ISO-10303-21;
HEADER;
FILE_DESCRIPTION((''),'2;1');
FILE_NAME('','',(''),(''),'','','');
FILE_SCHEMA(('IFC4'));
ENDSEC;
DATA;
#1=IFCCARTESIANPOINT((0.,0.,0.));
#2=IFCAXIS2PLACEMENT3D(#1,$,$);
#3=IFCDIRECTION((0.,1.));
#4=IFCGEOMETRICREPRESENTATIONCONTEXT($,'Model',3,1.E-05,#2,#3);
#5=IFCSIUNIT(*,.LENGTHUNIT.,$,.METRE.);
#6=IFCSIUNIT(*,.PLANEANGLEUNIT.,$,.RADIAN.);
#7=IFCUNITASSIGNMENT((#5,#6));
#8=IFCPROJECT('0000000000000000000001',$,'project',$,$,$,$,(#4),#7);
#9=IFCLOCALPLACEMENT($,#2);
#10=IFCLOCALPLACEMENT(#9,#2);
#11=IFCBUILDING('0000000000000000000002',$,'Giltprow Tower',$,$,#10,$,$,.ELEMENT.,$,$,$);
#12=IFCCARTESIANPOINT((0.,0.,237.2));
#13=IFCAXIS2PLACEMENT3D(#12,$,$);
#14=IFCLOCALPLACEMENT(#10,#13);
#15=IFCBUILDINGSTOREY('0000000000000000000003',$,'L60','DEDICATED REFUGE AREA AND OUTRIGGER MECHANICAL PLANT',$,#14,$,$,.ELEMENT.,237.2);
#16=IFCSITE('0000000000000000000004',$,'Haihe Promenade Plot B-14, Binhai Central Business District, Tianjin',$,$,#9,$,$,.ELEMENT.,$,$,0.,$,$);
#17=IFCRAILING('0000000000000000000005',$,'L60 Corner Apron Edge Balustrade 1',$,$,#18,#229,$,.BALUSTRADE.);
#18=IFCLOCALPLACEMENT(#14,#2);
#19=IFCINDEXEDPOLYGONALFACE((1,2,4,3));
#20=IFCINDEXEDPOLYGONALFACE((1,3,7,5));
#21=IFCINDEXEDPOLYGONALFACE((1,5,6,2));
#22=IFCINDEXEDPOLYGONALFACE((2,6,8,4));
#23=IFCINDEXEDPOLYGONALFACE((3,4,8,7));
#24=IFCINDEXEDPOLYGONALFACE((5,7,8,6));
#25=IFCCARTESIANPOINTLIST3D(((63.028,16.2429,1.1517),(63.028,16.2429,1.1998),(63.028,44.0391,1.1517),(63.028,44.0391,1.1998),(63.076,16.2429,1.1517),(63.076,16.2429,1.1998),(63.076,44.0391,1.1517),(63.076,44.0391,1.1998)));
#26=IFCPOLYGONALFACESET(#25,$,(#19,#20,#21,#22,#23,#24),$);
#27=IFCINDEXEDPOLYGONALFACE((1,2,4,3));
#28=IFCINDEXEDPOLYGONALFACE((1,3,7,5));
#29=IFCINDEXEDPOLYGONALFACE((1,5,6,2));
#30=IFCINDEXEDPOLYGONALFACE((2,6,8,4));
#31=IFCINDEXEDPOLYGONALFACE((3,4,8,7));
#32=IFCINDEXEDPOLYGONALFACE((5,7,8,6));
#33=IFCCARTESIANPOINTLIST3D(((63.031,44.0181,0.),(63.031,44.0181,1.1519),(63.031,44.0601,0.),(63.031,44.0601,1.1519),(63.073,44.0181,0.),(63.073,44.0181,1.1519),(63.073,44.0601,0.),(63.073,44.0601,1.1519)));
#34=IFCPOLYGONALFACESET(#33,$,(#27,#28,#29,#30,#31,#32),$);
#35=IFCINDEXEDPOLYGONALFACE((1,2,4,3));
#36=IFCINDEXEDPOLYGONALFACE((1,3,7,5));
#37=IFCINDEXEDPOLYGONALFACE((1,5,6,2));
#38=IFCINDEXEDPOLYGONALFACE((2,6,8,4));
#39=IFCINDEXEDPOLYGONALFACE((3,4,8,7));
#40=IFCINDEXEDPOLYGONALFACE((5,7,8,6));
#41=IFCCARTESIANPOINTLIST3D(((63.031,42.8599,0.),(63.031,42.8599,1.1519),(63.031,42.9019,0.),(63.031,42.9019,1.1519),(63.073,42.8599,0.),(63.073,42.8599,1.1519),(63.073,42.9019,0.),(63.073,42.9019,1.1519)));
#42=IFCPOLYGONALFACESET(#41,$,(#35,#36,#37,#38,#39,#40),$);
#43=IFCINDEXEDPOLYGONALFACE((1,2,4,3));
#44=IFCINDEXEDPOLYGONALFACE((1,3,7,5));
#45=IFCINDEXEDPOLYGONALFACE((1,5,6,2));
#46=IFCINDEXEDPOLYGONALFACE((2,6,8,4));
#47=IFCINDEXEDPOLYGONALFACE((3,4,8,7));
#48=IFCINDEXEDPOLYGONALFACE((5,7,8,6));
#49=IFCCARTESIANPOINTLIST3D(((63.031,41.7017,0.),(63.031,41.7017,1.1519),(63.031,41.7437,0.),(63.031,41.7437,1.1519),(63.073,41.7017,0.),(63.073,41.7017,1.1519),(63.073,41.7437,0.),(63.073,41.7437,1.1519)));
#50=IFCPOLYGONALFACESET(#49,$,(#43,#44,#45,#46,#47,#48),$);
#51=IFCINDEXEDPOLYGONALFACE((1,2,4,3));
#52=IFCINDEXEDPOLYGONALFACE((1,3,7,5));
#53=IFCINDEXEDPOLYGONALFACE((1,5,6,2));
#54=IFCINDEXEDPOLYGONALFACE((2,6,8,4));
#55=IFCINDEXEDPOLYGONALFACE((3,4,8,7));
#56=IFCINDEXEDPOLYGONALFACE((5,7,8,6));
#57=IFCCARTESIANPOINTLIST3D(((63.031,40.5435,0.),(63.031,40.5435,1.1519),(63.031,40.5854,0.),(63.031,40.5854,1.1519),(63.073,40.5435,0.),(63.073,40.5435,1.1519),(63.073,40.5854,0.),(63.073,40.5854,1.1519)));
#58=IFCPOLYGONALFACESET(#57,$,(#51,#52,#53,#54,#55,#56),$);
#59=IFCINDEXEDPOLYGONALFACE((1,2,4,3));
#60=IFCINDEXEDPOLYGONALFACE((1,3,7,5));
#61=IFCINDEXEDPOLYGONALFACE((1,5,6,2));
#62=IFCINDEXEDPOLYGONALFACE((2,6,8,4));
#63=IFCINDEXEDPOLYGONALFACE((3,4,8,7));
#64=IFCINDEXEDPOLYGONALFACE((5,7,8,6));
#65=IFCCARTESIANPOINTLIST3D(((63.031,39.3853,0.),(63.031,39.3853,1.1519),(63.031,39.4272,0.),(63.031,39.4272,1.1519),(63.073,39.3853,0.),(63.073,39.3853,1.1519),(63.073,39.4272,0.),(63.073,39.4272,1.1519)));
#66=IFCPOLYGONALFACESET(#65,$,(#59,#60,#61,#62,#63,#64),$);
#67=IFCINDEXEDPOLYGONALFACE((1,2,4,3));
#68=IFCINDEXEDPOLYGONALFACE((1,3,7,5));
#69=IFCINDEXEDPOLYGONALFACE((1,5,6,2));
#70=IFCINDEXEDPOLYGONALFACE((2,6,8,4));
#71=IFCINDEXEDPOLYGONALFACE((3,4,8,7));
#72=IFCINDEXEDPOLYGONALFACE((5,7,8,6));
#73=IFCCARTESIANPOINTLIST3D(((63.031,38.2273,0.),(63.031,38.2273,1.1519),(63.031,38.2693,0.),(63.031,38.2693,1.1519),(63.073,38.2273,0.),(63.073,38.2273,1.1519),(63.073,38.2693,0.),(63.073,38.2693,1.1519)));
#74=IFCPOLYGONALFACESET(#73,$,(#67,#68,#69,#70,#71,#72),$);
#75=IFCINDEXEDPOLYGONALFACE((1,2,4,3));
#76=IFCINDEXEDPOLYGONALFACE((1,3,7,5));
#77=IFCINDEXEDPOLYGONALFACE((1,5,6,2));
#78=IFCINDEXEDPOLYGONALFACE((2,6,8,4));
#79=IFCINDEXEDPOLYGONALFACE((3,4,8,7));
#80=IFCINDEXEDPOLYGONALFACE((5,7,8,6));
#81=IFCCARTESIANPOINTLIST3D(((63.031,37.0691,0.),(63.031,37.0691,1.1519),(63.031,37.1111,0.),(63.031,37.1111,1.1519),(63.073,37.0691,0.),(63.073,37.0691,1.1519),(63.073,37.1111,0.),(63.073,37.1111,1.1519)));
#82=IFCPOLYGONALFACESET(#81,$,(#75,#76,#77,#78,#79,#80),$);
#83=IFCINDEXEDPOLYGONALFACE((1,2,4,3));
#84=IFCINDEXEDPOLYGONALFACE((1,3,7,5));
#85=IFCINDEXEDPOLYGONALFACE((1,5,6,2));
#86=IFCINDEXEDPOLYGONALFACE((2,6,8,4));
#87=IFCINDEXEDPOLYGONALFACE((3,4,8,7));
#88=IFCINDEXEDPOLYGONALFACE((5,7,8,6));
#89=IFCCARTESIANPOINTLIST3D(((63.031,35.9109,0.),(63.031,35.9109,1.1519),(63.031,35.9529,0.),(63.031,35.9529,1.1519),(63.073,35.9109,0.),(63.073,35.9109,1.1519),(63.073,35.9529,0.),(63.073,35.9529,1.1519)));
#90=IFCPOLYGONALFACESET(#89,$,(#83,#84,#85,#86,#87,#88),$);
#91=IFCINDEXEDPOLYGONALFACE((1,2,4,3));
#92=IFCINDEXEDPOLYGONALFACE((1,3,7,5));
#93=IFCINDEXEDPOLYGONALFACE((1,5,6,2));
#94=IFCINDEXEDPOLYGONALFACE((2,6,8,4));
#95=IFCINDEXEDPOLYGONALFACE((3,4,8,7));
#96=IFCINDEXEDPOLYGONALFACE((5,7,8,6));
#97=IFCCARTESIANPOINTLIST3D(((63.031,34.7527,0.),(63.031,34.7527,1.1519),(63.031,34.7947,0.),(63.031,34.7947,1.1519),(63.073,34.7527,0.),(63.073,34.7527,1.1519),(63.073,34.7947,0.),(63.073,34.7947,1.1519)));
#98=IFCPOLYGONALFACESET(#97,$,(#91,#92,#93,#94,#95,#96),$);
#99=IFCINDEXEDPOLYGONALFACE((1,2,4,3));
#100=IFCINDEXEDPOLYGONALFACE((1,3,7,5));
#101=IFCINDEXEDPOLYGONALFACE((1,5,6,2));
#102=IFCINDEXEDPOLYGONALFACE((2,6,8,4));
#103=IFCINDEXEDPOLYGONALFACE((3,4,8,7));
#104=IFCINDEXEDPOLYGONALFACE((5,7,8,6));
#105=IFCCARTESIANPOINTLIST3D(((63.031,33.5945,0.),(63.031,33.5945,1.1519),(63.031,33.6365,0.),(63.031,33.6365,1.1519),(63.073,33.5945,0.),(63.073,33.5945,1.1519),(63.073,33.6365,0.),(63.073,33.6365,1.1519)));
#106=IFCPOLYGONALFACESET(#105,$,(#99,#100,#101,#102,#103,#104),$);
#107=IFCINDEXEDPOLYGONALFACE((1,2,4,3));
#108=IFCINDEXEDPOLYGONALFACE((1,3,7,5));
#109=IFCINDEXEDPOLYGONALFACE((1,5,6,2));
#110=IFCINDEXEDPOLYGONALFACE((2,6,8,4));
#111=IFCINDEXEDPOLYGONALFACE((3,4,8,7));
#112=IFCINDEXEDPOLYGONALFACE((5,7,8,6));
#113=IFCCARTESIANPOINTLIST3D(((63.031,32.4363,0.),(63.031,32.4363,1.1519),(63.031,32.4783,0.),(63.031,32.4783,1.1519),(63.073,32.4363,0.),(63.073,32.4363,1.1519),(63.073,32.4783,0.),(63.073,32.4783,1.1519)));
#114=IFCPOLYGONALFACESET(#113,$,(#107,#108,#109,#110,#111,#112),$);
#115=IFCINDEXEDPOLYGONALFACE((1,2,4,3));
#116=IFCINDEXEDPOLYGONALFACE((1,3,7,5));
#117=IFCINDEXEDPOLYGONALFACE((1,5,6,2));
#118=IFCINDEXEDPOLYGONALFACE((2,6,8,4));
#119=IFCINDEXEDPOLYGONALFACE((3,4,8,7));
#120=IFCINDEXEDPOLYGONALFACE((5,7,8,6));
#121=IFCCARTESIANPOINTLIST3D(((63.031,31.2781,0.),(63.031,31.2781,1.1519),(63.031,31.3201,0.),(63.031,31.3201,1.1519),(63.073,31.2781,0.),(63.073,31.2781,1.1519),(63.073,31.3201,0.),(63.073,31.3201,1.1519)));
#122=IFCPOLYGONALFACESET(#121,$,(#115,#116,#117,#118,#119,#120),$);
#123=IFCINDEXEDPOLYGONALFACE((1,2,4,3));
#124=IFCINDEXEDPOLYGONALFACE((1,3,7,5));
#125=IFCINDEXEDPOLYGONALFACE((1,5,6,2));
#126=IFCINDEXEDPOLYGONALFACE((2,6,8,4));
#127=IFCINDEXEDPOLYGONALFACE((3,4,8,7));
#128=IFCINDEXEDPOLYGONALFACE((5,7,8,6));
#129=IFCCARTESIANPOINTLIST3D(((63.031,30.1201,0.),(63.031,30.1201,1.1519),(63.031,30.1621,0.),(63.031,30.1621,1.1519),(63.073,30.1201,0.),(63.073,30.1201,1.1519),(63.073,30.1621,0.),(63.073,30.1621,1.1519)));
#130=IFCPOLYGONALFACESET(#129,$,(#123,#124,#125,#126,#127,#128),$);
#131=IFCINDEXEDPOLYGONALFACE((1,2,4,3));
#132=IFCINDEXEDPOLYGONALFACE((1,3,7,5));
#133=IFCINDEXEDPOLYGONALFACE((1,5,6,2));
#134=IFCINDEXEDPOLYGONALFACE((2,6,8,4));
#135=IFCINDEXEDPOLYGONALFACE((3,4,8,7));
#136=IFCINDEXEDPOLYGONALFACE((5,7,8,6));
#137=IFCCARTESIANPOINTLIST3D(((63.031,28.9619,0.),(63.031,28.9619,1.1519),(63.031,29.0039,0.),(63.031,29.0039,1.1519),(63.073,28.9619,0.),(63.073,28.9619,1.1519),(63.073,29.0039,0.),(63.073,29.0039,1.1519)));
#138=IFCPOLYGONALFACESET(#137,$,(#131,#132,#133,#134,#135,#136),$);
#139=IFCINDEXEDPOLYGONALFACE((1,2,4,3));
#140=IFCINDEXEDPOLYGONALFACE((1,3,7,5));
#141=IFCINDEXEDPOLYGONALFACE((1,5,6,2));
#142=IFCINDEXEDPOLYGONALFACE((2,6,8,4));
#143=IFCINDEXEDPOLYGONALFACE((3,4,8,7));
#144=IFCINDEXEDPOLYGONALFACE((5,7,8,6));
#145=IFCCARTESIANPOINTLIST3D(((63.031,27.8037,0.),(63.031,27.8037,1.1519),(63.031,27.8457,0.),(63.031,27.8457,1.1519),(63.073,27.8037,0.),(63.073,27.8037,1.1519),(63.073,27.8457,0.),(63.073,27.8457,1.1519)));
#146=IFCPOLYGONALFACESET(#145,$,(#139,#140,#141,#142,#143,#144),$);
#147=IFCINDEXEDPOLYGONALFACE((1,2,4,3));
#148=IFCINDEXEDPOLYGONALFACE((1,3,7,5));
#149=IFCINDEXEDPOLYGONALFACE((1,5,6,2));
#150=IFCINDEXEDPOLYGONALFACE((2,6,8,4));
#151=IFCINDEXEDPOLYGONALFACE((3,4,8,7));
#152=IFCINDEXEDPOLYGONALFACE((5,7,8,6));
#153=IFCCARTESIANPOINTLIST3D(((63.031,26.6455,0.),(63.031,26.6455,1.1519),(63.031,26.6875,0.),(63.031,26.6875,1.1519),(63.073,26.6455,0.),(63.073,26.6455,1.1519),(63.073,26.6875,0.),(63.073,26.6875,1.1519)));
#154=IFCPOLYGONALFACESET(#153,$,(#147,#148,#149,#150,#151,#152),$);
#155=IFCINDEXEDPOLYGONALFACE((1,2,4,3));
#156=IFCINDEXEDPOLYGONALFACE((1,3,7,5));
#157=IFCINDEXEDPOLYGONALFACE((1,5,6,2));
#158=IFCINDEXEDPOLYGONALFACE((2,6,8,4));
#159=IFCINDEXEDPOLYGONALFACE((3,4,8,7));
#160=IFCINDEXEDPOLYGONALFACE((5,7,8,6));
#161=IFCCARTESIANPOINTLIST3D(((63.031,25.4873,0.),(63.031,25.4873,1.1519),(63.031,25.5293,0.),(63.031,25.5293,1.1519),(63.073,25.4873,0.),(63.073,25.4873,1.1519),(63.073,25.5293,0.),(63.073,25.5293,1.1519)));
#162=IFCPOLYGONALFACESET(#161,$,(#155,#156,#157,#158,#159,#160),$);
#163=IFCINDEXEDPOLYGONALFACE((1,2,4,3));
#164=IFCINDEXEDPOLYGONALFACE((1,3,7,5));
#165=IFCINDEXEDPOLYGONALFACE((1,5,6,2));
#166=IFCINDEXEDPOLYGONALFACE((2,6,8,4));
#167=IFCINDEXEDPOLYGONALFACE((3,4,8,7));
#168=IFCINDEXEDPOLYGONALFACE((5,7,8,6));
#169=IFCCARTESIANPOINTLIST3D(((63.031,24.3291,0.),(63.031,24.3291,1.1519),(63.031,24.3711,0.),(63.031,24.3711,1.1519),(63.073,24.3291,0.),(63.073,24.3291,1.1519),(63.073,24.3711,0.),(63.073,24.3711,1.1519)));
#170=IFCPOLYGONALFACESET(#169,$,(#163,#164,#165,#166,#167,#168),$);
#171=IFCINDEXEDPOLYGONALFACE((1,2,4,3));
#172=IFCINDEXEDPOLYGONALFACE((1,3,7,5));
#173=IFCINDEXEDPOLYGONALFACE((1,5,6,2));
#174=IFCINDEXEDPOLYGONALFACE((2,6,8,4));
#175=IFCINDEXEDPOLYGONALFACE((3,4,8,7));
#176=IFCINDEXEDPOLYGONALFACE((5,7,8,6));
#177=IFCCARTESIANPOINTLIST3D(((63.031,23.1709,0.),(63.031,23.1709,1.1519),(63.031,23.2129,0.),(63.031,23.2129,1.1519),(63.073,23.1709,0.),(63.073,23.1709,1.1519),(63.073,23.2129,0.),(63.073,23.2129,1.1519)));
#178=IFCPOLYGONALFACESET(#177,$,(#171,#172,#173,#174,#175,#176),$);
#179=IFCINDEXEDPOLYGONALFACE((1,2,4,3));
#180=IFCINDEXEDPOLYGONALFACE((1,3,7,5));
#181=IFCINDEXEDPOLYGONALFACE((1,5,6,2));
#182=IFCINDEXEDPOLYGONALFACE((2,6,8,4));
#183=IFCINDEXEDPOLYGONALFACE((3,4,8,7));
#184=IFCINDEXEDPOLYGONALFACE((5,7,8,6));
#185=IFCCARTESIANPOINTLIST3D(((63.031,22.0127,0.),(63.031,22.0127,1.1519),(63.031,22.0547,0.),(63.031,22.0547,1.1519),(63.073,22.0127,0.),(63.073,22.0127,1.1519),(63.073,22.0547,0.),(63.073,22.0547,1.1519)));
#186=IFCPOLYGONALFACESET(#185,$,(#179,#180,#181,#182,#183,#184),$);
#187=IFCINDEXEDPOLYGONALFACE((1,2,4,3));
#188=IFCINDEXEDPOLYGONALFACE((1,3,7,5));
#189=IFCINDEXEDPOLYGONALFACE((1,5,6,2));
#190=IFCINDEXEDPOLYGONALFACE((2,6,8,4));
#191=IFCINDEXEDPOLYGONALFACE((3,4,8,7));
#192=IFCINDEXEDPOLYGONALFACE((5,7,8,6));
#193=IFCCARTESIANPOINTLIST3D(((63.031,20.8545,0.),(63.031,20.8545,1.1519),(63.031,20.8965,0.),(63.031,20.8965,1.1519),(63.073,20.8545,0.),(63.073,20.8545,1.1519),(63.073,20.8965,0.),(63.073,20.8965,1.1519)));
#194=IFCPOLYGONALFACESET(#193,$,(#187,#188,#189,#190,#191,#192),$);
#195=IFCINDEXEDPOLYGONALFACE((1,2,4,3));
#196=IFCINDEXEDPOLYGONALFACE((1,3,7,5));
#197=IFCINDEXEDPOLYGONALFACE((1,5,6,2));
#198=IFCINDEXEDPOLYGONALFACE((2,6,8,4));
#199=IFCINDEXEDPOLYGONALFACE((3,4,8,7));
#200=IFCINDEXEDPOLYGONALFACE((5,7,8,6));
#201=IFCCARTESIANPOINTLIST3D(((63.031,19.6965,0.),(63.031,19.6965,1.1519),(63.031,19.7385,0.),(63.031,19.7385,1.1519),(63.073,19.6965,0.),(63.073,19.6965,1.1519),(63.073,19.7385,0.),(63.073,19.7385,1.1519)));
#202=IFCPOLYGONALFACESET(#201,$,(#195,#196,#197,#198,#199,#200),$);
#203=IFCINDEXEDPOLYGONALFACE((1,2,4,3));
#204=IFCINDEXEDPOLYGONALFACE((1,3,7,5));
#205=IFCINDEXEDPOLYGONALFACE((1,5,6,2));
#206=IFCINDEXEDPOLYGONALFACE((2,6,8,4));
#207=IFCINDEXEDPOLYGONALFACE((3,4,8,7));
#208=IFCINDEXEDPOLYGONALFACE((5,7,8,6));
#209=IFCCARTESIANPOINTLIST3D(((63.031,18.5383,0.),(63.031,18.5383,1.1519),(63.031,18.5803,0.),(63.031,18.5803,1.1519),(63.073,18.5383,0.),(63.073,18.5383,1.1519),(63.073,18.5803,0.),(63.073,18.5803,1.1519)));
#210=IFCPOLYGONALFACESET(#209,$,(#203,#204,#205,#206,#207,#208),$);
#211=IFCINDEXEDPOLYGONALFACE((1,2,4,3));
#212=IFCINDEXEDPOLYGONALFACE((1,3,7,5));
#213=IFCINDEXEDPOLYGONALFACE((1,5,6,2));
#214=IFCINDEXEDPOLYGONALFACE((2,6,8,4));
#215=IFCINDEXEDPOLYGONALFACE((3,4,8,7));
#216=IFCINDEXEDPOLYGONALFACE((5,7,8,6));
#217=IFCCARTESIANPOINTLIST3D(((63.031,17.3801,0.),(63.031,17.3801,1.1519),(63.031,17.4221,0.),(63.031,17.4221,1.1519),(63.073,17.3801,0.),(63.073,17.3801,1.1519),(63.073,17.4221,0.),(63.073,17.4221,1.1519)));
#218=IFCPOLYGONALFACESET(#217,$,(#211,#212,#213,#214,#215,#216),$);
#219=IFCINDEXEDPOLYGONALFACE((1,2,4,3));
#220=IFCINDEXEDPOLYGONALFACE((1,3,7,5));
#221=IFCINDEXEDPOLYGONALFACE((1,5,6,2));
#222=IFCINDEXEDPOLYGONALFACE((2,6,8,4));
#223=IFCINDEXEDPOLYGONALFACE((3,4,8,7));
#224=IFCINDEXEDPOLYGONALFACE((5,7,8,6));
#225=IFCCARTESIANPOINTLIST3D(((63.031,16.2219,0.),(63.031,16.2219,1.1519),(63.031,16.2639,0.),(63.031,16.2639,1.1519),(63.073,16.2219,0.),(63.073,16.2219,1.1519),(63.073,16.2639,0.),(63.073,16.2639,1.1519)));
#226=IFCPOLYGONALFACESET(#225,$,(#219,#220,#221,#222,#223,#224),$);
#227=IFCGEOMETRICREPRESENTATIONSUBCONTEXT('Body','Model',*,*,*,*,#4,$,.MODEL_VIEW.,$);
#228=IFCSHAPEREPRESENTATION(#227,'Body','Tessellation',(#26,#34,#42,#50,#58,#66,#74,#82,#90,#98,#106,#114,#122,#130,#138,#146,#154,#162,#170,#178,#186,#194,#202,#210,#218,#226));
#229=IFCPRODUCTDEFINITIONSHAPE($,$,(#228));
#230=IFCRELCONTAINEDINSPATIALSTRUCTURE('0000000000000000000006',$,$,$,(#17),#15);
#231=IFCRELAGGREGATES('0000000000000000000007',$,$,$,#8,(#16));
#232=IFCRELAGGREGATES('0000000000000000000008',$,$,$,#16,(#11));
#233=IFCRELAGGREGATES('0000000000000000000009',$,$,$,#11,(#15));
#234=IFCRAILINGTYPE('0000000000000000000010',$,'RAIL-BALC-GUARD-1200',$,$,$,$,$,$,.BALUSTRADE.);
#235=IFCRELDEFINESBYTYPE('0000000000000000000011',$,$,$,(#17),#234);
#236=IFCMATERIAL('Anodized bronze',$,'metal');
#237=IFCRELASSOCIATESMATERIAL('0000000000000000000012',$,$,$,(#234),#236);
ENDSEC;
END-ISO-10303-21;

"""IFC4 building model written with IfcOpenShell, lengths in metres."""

from ifc_helpers import new_model, si_unit, direction, frame, origin, origin_2d, place, context, subcontext, project, spatial, rectangle, extrude, material, type_object, element, save


model = new_model("IFC4")

# Units and contexts
model_context = context("Model", 3, precision=1e-05, world=origin(), true_north=direction((0.0, 1.0)))
body_context = subcontext(model_context, "Body", "Model", "MODEL_VIEW")
ifc_project = project(units=[si_unit("LENGTHUNIT", "METRE"), si_unit("PLANEANGLEUNIT", "RADIAN")], contexts=[model_context])

# Site, building, storey
site_placement = place(None, origin())
site = spatial("IfcSite", under=ifc_project, at=site_placement, Name="Haihe Promenade Plot B-14, Binhai Central Business District, Tianjin", CompositionType="ELEMENT", RefElevation=0.0)
building_placement = place(site_placement, origin())
building = spatial("IfcBuilding", under=site, at=building_placement, Name="Giltprow Tower", CompositionType="ELEMENT")
storey_placement = place(building_placement, frame((0.0, 0.0, 237.2)))
storey = spatial("IfcBuildingStorey", under=building, at=storey_placement, Name="L60", Description="DEDICATED REFUGE AREA AND OUTRIGGER MECHANICAL PLANT", CompositionType="ELEMENT", Elevation=237.2)

# Railing
ifc_material_1 = material(Name="Anodized bronze", Category="metal")
railing_type_1 = type_object("IfcRailingType", Name="RAIL-BALC-GUARD-1200", PredefinedType="BALUSTRADE", material=ifc_material_1)
railing_1_placement = place(storey_placement, frame((63.052, 44.0391, 0.0)))
element("IfcRailing", 1, at=railing_1_placement, inside=storey, type_object=railing_type_1, Name="L60 Corner Apron Edge Balustrade 1", PredefinedType="BALUSTRADE", context=body_context, shape_type="SweptSolid", body=[
    extrude(rectangle(XDim=0.0481, YDim=0.0481, at=origin_2d()), frame((0.0, 0.0, 1.1758), z_axis=(0.0, -1.0, 0.0), x_axis=(1.0, 0.0, 0.0)), (0.0, 0.0, 1.0), 27.7961),
    extrude(rectangle(XDim=0.042, YDim=0.042, at=origin_2d()), origin(), (0.0, 0.0, 1.0), 1.1519),
    extrude(rectangle(XDim=0.042, YDim=0.042, at=origin_2d()), frame((0.0, -1.1582, 0.0)), (0.0, 0.0, 1.0), 1.1519),
    extrude(rectangle(XDim=0.042, YDim=0.042, at=origin_2d()), frame((0.0, -2.3164, 0.0)), (0.0, 0.0, 1.0), 1.1519),
    extrude(rectangle(XDim=0.042, YDim=0.042, at=origin_2d()), frame((0.0, -3.4746, 0.0)), (0.0, 0.0, 1.0), 1.1519),
    extrude(rectangle(XDim=0.042, YDim=0.042, at=origin_2d()), frame((0.0, -4.6328, 0.0)), (0.0, 0.0, 1.0), 1.1519),
    extrude(rectangle(XDim=0.042, YDim=0.042, at=origin_2d()), frame((0.0, -5.7908, 0.0)), (0.0, 0.0, 1.0), 1.1519),
    extrude(rectangle(XDim=0.042, YDim=0.042, at=origin_2d()), frame((0.0, -6.949, 0.0)), (0.0, 0.0, 1.0), 1.1519),
    extrude(rectangle(XDim=0.042, YDim=0.042, at=origin_2d()), frame((0.0, -8.1072, 0.0)), (0.0, 0.0, 1.0), 1.1519),
    extrude(rectangle(XDim=0.042, YDim=0.042, at=origin_2d()), frame((0.0, -9.2654, 0.0)), (0.0, 0.0, 1.0), 1.1519),
    extrude(rectangle(XDim=0.042, YDim=0.042, at=origin_2d()), frame((0.0, -10.4236, 0.0)), (0.0, 0.0, 1.0), 1.1519),
    extrude(rectangle(XDim=0.042, YDim=0.042, at=origin_2d()), frame((0.0, -11.5818, 0.0)), (0.0, 0.0, 1.0), 1.1519),
    extrude(rectangle(XDim=0.042, YDim=0.042, at=origin_2d()), frame((0.0, -12.74, 0.0)), (0.0, 0.0, 1.0), 1.1519),
    extrude(rectangle(XDim=0.042, YDim=0.042, at=origin_2d()), frame((0.0, -13.8979, 0.0)), (0.0, 0.0, 1.0), 1.1519),
    extrude(rectangle(XDim=0.042, YDim=0.042, at=origin_2d()), frame((0.0, -15.0562, 0.0)), (0.0, 0.0, 1.0), 1.1519),
    extrude(rectangle(XDim=0.042, YDim=0.042, at=origin_2d()), frame((0.0, -16.2144, 0.0)), (0.0, 0.0, 1.0), 1.1519),
    extrude(rectangle(XDim=0.042, YDim=0.042, at=origin_2d()), frame((0.0, -17.3726, 0.0)), (0.0, 0.0, 1.0), 1.1519),
    extrude(rectangle(XDim=0.042, YDim=0.042, at=origin_2d()), frame((0.0, -18.5308, 0.0)), (0.0, 0.0, 1.0), 1.1519),
    extrude(rectangle(XDim=0.042, YDim=0.042, at=origin_2d()), frame((0.0, -19.689, 0.0)), (0.0, 0.0, 1.0), 1.1519),
    extrude(rectangle(XDim=0.042, YDim=0.042, at=origin_2d()), frame((0.0, -20.8472, 0.0)), (0.0, 0.0, 1.0), 1.1519),
    extrude(rectangle(XDim=0.042, YDim=0.042, at=origin_2d()), frame((0.0, -22.0054, 0.0)), (0.0, 0.0, 1.0), 1.1519),
    extrude(rectangle(XDim=0.042, YDim=0.042, at=origin_2d()), frame((0.0, -23.1636, 0.0)), (0.0, 0.0, 1.0), 1.1519),
    extrude(rectangle(XDim=0.042, YDim=0.042, at=origin_2d()), frame((0.0, -24.3215, 0.0)), (0.0, 0.0, 1.0), 1.1519),
    extrude(rectangle(XDim=0.042, YDim=0.042, at=origin_2d()), frame((0.0, -25.4797, 0.0)), (0.0, 0.0, 1.0), 1.1519),
    extrude(rectangle(XDim=0.042, YDim=0.042, at=origin_2d()), frame((0.0, -26.6379, 0.0)), (0.0, 0.0, 1.0), 1.1519),
    extrude(rectangle(XDim=0.042, YDim=0.042, at=origin_2d()), frame((0.0, -27.7961, 0.0)), (0.0, 0.0, 1.0), 1.1519),
])

save(model, "model.ifc")
